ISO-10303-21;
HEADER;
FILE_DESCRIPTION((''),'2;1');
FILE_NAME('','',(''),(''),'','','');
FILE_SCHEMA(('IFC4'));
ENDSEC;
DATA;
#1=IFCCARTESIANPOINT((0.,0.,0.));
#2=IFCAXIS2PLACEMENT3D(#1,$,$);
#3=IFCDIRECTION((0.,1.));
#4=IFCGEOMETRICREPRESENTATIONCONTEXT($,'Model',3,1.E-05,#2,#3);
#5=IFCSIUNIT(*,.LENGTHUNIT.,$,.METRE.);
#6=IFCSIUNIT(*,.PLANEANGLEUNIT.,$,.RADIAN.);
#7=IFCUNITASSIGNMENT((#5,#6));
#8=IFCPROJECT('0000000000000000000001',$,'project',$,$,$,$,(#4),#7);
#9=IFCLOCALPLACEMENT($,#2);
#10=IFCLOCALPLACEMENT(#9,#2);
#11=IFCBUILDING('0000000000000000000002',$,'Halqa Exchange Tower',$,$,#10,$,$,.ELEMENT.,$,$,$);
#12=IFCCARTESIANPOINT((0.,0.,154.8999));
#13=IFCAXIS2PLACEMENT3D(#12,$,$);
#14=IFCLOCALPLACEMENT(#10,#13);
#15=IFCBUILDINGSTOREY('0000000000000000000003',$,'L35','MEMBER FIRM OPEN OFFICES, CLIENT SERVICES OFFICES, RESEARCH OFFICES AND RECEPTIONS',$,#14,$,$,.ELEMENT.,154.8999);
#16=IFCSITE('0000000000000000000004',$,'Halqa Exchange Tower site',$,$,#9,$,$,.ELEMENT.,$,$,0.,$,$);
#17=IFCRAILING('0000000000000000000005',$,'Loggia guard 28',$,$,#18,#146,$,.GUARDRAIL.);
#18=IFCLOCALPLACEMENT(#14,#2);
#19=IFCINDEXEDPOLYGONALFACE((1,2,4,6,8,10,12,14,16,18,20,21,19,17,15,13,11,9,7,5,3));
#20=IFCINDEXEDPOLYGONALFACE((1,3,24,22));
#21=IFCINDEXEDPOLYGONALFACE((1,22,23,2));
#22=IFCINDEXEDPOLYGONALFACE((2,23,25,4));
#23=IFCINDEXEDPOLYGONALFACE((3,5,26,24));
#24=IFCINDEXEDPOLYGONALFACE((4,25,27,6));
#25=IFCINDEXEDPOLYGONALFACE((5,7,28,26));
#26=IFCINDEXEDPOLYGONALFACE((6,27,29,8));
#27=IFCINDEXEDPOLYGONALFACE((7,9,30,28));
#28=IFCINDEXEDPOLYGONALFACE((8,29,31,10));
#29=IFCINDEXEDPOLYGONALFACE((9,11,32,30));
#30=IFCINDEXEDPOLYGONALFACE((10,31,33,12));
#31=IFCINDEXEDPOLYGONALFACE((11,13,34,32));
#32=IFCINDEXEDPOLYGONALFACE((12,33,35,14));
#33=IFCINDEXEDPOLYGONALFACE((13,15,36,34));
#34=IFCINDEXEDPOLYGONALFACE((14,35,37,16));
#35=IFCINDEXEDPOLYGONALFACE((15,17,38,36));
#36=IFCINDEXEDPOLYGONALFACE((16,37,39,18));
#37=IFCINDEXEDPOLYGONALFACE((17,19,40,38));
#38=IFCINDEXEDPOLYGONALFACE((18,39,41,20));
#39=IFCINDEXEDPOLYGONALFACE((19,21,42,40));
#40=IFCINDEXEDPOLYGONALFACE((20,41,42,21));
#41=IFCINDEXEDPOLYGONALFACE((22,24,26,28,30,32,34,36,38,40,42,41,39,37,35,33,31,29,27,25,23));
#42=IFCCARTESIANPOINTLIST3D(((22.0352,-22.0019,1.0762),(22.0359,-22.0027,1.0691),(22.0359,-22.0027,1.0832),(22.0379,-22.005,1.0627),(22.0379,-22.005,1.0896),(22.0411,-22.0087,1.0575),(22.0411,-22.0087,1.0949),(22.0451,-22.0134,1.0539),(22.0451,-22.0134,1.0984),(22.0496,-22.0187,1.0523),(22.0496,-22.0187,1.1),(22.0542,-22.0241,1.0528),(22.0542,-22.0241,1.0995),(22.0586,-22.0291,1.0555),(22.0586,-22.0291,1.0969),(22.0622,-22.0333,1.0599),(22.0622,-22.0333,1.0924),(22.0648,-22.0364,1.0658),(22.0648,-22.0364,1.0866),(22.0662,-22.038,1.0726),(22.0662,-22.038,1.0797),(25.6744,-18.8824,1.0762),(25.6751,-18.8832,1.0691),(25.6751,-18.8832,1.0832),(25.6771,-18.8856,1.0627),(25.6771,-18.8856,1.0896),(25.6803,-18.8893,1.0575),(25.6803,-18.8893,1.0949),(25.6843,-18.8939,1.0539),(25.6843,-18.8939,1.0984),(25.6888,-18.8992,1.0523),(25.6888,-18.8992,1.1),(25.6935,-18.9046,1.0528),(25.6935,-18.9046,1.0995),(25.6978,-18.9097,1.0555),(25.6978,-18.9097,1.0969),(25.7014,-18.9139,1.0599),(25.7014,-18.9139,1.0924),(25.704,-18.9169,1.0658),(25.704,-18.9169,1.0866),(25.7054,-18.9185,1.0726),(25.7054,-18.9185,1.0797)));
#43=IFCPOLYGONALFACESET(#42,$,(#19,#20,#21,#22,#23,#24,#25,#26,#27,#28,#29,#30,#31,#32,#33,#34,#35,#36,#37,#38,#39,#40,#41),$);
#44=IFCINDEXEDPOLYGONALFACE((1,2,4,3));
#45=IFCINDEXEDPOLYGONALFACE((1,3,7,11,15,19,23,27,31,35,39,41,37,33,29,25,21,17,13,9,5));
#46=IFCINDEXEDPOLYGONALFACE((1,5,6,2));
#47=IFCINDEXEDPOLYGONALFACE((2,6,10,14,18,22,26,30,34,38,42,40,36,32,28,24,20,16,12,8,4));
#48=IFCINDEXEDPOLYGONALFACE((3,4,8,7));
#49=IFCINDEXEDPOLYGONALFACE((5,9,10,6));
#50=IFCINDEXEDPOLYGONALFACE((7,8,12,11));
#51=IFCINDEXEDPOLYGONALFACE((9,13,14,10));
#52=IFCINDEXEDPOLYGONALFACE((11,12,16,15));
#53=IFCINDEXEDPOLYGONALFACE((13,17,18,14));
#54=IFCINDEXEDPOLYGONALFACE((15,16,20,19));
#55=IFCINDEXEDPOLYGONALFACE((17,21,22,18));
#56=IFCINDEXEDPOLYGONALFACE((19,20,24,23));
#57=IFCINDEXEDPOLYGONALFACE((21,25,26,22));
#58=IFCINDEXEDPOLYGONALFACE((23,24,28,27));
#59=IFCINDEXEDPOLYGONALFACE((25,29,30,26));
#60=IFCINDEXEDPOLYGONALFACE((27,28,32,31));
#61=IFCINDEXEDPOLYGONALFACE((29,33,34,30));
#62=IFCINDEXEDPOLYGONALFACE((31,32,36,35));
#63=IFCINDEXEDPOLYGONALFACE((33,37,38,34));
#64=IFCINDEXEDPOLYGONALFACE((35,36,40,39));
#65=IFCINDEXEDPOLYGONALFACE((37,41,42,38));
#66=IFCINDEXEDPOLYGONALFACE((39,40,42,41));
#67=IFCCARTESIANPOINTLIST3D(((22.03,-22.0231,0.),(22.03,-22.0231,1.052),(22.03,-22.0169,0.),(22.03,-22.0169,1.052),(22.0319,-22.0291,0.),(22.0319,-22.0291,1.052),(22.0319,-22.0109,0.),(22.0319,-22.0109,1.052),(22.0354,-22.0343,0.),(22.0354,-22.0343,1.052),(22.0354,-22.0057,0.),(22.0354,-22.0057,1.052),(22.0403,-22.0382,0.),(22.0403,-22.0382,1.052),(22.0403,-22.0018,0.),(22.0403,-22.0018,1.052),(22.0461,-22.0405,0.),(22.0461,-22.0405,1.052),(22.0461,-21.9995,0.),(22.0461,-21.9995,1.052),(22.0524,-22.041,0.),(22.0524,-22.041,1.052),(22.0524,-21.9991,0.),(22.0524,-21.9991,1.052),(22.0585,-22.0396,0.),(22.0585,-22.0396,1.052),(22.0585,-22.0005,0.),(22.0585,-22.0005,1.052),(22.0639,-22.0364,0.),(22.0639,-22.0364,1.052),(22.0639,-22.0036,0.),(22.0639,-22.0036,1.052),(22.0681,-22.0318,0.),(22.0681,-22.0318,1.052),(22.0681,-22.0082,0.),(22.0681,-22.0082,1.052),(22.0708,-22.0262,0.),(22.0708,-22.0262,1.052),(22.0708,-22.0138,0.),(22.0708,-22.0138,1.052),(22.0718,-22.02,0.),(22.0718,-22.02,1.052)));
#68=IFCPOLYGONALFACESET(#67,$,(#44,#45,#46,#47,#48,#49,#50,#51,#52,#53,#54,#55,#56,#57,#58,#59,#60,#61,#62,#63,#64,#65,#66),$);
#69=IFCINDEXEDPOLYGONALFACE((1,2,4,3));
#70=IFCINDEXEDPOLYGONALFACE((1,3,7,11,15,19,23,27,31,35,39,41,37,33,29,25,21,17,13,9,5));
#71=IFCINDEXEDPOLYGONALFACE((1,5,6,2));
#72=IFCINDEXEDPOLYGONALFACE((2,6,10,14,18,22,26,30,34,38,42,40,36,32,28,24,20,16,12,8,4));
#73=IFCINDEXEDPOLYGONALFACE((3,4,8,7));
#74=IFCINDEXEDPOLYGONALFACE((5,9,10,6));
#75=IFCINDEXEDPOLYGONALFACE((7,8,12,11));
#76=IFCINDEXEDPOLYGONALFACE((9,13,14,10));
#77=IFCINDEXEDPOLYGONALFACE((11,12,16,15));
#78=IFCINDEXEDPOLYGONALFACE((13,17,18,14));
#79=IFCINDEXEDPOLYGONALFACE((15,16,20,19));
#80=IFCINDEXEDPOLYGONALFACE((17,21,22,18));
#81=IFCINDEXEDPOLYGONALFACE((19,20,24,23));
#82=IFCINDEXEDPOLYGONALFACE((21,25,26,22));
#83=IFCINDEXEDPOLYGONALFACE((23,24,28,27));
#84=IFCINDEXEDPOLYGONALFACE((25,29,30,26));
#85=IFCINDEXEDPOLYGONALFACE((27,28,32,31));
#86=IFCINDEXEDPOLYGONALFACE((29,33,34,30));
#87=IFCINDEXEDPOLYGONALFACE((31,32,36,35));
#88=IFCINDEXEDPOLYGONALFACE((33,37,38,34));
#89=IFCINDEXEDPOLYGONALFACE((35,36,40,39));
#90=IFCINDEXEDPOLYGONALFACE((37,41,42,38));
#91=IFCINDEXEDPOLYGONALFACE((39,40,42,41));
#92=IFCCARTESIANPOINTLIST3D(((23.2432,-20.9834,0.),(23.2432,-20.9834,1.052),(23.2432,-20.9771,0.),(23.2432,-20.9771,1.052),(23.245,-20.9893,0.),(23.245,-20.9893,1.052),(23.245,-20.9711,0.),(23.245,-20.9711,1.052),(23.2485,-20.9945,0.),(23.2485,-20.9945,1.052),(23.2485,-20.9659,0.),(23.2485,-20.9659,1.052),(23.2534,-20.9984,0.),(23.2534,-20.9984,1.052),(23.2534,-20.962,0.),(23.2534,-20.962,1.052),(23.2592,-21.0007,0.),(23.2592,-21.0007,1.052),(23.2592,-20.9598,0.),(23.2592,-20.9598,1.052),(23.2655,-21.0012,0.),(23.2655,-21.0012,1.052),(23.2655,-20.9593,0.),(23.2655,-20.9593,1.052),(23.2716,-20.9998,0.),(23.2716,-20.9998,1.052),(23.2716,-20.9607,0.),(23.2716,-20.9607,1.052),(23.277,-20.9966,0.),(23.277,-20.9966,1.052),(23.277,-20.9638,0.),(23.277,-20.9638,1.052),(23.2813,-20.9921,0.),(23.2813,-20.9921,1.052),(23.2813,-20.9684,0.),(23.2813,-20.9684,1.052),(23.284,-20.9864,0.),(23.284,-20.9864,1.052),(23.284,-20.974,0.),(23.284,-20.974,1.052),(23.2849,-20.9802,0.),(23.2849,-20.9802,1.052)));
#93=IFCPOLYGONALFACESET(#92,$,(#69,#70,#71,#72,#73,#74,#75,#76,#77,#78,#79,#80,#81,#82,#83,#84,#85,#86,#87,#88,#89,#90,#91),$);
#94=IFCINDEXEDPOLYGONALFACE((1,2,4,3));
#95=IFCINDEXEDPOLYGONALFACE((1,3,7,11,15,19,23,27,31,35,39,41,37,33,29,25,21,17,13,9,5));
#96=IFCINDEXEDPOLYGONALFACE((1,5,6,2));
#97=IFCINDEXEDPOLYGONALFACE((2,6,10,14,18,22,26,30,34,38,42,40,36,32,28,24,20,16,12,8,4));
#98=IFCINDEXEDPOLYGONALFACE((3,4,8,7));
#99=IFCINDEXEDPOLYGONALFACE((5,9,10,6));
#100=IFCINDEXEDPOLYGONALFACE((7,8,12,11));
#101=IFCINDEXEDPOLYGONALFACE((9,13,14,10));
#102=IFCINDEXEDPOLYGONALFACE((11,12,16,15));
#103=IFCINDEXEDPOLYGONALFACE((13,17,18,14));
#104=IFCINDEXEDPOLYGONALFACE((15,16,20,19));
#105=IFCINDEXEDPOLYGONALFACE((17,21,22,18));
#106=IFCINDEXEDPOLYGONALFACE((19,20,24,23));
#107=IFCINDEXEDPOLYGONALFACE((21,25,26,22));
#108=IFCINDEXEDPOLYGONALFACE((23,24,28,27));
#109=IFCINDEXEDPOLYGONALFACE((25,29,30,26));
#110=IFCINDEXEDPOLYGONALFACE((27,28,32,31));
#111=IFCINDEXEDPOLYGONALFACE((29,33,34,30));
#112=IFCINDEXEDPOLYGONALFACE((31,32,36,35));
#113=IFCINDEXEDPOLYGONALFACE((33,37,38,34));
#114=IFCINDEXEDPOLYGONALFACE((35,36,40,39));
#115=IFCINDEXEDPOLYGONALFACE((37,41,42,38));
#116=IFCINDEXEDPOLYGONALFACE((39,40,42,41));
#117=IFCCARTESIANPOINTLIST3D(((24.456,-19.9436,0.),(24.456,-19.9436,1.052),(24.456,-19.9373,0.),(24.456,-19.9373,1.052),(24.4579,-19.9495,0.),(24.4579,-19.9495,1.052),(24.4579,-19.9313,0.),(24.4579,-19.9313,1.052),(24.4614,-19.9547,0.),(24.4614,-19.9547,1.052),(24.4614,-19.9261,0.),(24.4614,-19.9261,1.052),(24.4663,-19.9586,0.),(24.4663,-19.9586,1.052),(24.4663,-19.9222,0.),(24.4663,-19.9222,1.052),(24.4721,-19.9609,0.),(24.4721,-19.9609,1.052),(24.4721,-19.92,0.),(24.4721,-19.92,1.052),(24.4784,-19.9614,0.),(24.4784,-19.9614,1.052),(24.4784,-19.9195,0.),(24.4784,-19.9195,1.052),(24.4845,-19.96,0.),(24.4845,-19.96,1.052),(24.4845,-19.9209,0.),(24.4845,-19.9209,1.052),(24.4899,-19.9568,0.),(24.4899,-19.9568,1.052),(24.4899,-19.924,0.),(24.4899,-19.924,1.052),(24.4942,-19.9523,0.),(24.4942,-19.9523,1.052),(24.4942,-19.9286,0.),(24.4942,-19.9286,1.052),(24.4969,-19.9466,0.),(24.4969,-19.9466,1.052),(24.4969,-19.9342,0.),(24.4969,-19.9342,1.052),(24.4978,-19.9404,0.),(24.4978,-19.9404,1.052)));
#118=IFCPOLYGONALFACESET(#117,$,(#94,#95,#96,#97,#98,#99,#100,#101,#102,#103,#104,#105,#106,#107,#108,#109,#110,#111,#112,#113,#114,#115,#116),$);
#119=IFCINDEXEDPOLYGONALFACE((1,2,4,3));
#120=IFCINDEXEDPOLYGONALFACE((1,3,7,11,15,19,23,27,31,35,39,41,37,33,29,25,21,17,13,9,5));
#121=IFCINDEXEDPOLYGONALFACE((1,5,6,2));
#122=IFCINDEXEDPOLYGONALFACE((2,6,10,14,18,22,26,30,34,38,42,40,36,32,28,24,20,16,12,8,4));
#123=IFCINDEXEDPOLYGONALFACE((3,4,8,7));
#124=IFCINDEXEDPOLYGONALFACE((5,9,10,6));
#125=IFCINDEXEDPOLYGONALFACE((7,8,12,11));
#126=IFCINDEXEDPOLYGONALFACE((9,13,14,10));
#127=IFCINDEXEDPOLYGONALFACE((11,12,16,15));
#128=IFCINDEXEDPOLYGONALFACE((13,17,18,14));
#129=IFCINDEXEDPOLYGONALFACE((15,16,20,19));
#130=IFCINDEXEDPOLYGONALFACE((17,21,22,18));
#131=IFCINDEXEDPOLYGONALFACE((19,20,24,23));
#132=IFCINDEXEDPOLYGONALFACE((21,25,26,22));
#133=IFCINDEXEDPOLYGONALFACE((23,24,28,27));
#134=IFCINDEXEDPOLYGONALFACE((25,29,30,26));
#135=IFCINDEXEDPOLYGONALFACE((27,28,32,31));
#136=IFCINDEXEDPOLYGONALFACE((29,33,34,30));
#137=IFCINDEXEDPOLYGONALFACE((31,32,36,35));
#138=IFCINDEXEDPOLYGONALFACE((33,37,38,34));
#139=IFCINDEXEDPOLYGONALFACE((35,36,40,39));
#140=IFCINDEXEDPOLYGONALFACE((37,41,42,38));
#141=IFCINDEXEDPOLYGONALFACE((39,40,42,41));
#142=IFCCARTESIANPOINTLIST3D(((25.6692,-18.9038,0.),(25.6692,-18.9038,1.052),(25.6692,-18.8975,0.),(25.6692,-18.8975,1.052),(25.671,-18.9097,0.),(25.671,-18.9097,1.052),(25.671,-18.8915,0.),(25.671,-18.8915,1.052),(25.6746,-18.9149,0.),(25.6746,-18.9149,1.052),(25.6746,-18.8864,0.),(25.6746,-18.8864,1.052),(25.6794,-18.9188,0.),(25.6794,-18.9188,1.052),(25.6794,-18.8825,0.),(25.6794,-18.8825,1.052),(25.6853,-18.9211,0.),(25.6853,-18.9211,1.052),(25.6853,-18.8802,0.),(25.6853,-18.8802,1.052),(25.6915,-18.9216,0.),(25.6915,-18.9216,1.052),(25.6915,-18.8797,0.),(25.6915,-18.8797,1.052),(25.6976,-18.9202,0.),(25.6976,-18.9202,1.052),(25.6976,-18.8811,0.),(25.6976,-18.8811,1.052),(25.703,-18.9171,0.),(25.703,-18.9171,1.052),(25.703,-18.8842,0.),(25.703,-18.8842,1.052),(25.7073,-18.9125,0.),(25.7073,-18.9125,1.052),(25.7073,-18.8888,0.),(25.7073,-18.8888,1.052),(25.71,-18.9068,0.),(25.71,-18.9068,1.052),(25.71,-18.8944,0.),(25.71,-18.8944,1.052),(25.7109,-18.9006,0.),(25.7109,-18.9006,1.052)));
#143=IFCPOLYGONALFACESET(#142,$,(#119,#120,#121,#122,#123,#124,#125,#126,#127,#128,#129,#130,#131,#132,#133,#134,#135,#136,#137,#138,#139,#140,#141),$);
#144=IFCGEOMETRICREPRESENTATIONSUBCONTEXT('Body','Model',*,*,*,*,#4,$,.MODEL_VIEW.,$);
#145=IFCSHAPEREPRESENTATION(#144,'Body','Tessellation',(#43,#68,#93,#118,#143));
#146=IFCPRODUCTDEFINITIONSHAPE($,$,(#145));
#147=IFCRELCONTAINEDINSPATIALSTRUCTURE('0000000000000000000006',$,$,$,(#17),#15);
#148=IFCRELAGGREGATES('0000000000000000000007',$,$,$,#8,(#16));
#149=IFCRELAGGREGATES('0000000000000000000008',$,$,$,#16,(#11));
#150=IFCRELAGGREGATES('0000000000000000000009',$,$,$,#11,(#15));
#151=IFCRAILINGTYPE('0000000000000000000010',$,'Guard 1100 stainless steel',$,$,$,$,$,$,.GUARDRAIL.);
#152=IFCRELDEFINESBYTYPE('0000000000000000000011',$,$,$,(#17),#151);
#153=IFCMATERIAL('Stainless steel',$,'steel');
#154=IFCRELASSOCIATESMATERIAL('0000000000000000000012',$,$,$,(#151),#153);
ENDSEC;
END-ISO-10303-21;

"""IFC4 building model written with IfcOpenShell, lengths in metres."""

from ifc_helpers import new_model, si_unit, direction, frame, origin, origin_2d, place, context, subcontext, project, spatial, circle, extrude, material, type_object, element, save


model = new_model("IFC4")

# Units and contexts
model_context = context("Model", 3, precision=1e-05, world=origin(), true_north=direction((0.0, 1.0)))
body_context = subcontext(model_context, "Body", "Model", "MODEL_VIEW")
ifc_project = project(units=[si_unit("LENGTHUNIT", "METRE"), si_unit("PLANEANGLEUNIT", "RADIAN")], contexts=[model_context])

# Site, building, storey
site_placement = place(None, origin())
site = spatial("IfcSite", under=ifc_project, at=site_placement, Name="Halqa Exchange Tower site", CompositionType="ELEMENT", RefElevation=0.0)
building_placement = place(site_placement, origin())
building = spatial("IfcBuilding", under=site, at=building_placement, Name="Halqa Exchange Tower", CompositionType="ELEMENT")
storey_placement = place(building_placement, frame((0.0, 0.0, 154.8999)))
storey = spatial("IfcBuildingStorey", under=building, at=storey_placement, Name="L35", Description="MEMBER FIRM OPEN OFFICES, CLIENT SERVICES OFFICES, RESEARCH OFFICES AND RECEPTIONS", CompositionType="ELEMENT", Elevation=154.8999)

# Railing
ifc_material_1 = material(Name="Stainless steel", Category="steel")
railing_type = type_object("IfcRailingType", Name="Guard 1100 stainless steel", PredefinedType="GUARDRAIL", material=ifc_material_1)
railing_1_placement = place(storey_placement, frame((22.0508, -22.02, 0.0)))
element("IfcRailing", 1, at=railing_1_placement, inside=storey, type_object=railing_type, Name="Loggia guard 28", PredefinedType="GUARDRAIL", context=body_context, shape_type="SweptSolid", body=[
    extrude(circle(Radius=0.0239, at=origin_2d()), frame((0.0, 0.0, 1.0762), z_axis=(0.759246, 0.650804, 0.0), x_axis=(-0.650804, 0.759246, 0.0)), (0.0, 0.0, 1.0), 4.7932),
    extrude(circle(Radius=0.021, at=origin_2d()), origin(), (0.0, 0.0, 1.0), 1.052),
    extrude(circle(Radius=0.021, at=origin_2d()), frame((1.2131, 1.0398, 0.0)), (0.0, 0.0, 1.0), 1.052),
    extrude(circle(Radius=0.021, at=origin_2d()), frame((2.426, 2.0796, 0.0)), (0.0, 0.0, 1.0), 1.052),
    extrude(circle(Radius=0.021, at=origin_2d()), frame((3.6392, 3.1194, 0.0)), (0.0, 0.0, 1.0), 1.052),
])

save(model, "model.ifc")
